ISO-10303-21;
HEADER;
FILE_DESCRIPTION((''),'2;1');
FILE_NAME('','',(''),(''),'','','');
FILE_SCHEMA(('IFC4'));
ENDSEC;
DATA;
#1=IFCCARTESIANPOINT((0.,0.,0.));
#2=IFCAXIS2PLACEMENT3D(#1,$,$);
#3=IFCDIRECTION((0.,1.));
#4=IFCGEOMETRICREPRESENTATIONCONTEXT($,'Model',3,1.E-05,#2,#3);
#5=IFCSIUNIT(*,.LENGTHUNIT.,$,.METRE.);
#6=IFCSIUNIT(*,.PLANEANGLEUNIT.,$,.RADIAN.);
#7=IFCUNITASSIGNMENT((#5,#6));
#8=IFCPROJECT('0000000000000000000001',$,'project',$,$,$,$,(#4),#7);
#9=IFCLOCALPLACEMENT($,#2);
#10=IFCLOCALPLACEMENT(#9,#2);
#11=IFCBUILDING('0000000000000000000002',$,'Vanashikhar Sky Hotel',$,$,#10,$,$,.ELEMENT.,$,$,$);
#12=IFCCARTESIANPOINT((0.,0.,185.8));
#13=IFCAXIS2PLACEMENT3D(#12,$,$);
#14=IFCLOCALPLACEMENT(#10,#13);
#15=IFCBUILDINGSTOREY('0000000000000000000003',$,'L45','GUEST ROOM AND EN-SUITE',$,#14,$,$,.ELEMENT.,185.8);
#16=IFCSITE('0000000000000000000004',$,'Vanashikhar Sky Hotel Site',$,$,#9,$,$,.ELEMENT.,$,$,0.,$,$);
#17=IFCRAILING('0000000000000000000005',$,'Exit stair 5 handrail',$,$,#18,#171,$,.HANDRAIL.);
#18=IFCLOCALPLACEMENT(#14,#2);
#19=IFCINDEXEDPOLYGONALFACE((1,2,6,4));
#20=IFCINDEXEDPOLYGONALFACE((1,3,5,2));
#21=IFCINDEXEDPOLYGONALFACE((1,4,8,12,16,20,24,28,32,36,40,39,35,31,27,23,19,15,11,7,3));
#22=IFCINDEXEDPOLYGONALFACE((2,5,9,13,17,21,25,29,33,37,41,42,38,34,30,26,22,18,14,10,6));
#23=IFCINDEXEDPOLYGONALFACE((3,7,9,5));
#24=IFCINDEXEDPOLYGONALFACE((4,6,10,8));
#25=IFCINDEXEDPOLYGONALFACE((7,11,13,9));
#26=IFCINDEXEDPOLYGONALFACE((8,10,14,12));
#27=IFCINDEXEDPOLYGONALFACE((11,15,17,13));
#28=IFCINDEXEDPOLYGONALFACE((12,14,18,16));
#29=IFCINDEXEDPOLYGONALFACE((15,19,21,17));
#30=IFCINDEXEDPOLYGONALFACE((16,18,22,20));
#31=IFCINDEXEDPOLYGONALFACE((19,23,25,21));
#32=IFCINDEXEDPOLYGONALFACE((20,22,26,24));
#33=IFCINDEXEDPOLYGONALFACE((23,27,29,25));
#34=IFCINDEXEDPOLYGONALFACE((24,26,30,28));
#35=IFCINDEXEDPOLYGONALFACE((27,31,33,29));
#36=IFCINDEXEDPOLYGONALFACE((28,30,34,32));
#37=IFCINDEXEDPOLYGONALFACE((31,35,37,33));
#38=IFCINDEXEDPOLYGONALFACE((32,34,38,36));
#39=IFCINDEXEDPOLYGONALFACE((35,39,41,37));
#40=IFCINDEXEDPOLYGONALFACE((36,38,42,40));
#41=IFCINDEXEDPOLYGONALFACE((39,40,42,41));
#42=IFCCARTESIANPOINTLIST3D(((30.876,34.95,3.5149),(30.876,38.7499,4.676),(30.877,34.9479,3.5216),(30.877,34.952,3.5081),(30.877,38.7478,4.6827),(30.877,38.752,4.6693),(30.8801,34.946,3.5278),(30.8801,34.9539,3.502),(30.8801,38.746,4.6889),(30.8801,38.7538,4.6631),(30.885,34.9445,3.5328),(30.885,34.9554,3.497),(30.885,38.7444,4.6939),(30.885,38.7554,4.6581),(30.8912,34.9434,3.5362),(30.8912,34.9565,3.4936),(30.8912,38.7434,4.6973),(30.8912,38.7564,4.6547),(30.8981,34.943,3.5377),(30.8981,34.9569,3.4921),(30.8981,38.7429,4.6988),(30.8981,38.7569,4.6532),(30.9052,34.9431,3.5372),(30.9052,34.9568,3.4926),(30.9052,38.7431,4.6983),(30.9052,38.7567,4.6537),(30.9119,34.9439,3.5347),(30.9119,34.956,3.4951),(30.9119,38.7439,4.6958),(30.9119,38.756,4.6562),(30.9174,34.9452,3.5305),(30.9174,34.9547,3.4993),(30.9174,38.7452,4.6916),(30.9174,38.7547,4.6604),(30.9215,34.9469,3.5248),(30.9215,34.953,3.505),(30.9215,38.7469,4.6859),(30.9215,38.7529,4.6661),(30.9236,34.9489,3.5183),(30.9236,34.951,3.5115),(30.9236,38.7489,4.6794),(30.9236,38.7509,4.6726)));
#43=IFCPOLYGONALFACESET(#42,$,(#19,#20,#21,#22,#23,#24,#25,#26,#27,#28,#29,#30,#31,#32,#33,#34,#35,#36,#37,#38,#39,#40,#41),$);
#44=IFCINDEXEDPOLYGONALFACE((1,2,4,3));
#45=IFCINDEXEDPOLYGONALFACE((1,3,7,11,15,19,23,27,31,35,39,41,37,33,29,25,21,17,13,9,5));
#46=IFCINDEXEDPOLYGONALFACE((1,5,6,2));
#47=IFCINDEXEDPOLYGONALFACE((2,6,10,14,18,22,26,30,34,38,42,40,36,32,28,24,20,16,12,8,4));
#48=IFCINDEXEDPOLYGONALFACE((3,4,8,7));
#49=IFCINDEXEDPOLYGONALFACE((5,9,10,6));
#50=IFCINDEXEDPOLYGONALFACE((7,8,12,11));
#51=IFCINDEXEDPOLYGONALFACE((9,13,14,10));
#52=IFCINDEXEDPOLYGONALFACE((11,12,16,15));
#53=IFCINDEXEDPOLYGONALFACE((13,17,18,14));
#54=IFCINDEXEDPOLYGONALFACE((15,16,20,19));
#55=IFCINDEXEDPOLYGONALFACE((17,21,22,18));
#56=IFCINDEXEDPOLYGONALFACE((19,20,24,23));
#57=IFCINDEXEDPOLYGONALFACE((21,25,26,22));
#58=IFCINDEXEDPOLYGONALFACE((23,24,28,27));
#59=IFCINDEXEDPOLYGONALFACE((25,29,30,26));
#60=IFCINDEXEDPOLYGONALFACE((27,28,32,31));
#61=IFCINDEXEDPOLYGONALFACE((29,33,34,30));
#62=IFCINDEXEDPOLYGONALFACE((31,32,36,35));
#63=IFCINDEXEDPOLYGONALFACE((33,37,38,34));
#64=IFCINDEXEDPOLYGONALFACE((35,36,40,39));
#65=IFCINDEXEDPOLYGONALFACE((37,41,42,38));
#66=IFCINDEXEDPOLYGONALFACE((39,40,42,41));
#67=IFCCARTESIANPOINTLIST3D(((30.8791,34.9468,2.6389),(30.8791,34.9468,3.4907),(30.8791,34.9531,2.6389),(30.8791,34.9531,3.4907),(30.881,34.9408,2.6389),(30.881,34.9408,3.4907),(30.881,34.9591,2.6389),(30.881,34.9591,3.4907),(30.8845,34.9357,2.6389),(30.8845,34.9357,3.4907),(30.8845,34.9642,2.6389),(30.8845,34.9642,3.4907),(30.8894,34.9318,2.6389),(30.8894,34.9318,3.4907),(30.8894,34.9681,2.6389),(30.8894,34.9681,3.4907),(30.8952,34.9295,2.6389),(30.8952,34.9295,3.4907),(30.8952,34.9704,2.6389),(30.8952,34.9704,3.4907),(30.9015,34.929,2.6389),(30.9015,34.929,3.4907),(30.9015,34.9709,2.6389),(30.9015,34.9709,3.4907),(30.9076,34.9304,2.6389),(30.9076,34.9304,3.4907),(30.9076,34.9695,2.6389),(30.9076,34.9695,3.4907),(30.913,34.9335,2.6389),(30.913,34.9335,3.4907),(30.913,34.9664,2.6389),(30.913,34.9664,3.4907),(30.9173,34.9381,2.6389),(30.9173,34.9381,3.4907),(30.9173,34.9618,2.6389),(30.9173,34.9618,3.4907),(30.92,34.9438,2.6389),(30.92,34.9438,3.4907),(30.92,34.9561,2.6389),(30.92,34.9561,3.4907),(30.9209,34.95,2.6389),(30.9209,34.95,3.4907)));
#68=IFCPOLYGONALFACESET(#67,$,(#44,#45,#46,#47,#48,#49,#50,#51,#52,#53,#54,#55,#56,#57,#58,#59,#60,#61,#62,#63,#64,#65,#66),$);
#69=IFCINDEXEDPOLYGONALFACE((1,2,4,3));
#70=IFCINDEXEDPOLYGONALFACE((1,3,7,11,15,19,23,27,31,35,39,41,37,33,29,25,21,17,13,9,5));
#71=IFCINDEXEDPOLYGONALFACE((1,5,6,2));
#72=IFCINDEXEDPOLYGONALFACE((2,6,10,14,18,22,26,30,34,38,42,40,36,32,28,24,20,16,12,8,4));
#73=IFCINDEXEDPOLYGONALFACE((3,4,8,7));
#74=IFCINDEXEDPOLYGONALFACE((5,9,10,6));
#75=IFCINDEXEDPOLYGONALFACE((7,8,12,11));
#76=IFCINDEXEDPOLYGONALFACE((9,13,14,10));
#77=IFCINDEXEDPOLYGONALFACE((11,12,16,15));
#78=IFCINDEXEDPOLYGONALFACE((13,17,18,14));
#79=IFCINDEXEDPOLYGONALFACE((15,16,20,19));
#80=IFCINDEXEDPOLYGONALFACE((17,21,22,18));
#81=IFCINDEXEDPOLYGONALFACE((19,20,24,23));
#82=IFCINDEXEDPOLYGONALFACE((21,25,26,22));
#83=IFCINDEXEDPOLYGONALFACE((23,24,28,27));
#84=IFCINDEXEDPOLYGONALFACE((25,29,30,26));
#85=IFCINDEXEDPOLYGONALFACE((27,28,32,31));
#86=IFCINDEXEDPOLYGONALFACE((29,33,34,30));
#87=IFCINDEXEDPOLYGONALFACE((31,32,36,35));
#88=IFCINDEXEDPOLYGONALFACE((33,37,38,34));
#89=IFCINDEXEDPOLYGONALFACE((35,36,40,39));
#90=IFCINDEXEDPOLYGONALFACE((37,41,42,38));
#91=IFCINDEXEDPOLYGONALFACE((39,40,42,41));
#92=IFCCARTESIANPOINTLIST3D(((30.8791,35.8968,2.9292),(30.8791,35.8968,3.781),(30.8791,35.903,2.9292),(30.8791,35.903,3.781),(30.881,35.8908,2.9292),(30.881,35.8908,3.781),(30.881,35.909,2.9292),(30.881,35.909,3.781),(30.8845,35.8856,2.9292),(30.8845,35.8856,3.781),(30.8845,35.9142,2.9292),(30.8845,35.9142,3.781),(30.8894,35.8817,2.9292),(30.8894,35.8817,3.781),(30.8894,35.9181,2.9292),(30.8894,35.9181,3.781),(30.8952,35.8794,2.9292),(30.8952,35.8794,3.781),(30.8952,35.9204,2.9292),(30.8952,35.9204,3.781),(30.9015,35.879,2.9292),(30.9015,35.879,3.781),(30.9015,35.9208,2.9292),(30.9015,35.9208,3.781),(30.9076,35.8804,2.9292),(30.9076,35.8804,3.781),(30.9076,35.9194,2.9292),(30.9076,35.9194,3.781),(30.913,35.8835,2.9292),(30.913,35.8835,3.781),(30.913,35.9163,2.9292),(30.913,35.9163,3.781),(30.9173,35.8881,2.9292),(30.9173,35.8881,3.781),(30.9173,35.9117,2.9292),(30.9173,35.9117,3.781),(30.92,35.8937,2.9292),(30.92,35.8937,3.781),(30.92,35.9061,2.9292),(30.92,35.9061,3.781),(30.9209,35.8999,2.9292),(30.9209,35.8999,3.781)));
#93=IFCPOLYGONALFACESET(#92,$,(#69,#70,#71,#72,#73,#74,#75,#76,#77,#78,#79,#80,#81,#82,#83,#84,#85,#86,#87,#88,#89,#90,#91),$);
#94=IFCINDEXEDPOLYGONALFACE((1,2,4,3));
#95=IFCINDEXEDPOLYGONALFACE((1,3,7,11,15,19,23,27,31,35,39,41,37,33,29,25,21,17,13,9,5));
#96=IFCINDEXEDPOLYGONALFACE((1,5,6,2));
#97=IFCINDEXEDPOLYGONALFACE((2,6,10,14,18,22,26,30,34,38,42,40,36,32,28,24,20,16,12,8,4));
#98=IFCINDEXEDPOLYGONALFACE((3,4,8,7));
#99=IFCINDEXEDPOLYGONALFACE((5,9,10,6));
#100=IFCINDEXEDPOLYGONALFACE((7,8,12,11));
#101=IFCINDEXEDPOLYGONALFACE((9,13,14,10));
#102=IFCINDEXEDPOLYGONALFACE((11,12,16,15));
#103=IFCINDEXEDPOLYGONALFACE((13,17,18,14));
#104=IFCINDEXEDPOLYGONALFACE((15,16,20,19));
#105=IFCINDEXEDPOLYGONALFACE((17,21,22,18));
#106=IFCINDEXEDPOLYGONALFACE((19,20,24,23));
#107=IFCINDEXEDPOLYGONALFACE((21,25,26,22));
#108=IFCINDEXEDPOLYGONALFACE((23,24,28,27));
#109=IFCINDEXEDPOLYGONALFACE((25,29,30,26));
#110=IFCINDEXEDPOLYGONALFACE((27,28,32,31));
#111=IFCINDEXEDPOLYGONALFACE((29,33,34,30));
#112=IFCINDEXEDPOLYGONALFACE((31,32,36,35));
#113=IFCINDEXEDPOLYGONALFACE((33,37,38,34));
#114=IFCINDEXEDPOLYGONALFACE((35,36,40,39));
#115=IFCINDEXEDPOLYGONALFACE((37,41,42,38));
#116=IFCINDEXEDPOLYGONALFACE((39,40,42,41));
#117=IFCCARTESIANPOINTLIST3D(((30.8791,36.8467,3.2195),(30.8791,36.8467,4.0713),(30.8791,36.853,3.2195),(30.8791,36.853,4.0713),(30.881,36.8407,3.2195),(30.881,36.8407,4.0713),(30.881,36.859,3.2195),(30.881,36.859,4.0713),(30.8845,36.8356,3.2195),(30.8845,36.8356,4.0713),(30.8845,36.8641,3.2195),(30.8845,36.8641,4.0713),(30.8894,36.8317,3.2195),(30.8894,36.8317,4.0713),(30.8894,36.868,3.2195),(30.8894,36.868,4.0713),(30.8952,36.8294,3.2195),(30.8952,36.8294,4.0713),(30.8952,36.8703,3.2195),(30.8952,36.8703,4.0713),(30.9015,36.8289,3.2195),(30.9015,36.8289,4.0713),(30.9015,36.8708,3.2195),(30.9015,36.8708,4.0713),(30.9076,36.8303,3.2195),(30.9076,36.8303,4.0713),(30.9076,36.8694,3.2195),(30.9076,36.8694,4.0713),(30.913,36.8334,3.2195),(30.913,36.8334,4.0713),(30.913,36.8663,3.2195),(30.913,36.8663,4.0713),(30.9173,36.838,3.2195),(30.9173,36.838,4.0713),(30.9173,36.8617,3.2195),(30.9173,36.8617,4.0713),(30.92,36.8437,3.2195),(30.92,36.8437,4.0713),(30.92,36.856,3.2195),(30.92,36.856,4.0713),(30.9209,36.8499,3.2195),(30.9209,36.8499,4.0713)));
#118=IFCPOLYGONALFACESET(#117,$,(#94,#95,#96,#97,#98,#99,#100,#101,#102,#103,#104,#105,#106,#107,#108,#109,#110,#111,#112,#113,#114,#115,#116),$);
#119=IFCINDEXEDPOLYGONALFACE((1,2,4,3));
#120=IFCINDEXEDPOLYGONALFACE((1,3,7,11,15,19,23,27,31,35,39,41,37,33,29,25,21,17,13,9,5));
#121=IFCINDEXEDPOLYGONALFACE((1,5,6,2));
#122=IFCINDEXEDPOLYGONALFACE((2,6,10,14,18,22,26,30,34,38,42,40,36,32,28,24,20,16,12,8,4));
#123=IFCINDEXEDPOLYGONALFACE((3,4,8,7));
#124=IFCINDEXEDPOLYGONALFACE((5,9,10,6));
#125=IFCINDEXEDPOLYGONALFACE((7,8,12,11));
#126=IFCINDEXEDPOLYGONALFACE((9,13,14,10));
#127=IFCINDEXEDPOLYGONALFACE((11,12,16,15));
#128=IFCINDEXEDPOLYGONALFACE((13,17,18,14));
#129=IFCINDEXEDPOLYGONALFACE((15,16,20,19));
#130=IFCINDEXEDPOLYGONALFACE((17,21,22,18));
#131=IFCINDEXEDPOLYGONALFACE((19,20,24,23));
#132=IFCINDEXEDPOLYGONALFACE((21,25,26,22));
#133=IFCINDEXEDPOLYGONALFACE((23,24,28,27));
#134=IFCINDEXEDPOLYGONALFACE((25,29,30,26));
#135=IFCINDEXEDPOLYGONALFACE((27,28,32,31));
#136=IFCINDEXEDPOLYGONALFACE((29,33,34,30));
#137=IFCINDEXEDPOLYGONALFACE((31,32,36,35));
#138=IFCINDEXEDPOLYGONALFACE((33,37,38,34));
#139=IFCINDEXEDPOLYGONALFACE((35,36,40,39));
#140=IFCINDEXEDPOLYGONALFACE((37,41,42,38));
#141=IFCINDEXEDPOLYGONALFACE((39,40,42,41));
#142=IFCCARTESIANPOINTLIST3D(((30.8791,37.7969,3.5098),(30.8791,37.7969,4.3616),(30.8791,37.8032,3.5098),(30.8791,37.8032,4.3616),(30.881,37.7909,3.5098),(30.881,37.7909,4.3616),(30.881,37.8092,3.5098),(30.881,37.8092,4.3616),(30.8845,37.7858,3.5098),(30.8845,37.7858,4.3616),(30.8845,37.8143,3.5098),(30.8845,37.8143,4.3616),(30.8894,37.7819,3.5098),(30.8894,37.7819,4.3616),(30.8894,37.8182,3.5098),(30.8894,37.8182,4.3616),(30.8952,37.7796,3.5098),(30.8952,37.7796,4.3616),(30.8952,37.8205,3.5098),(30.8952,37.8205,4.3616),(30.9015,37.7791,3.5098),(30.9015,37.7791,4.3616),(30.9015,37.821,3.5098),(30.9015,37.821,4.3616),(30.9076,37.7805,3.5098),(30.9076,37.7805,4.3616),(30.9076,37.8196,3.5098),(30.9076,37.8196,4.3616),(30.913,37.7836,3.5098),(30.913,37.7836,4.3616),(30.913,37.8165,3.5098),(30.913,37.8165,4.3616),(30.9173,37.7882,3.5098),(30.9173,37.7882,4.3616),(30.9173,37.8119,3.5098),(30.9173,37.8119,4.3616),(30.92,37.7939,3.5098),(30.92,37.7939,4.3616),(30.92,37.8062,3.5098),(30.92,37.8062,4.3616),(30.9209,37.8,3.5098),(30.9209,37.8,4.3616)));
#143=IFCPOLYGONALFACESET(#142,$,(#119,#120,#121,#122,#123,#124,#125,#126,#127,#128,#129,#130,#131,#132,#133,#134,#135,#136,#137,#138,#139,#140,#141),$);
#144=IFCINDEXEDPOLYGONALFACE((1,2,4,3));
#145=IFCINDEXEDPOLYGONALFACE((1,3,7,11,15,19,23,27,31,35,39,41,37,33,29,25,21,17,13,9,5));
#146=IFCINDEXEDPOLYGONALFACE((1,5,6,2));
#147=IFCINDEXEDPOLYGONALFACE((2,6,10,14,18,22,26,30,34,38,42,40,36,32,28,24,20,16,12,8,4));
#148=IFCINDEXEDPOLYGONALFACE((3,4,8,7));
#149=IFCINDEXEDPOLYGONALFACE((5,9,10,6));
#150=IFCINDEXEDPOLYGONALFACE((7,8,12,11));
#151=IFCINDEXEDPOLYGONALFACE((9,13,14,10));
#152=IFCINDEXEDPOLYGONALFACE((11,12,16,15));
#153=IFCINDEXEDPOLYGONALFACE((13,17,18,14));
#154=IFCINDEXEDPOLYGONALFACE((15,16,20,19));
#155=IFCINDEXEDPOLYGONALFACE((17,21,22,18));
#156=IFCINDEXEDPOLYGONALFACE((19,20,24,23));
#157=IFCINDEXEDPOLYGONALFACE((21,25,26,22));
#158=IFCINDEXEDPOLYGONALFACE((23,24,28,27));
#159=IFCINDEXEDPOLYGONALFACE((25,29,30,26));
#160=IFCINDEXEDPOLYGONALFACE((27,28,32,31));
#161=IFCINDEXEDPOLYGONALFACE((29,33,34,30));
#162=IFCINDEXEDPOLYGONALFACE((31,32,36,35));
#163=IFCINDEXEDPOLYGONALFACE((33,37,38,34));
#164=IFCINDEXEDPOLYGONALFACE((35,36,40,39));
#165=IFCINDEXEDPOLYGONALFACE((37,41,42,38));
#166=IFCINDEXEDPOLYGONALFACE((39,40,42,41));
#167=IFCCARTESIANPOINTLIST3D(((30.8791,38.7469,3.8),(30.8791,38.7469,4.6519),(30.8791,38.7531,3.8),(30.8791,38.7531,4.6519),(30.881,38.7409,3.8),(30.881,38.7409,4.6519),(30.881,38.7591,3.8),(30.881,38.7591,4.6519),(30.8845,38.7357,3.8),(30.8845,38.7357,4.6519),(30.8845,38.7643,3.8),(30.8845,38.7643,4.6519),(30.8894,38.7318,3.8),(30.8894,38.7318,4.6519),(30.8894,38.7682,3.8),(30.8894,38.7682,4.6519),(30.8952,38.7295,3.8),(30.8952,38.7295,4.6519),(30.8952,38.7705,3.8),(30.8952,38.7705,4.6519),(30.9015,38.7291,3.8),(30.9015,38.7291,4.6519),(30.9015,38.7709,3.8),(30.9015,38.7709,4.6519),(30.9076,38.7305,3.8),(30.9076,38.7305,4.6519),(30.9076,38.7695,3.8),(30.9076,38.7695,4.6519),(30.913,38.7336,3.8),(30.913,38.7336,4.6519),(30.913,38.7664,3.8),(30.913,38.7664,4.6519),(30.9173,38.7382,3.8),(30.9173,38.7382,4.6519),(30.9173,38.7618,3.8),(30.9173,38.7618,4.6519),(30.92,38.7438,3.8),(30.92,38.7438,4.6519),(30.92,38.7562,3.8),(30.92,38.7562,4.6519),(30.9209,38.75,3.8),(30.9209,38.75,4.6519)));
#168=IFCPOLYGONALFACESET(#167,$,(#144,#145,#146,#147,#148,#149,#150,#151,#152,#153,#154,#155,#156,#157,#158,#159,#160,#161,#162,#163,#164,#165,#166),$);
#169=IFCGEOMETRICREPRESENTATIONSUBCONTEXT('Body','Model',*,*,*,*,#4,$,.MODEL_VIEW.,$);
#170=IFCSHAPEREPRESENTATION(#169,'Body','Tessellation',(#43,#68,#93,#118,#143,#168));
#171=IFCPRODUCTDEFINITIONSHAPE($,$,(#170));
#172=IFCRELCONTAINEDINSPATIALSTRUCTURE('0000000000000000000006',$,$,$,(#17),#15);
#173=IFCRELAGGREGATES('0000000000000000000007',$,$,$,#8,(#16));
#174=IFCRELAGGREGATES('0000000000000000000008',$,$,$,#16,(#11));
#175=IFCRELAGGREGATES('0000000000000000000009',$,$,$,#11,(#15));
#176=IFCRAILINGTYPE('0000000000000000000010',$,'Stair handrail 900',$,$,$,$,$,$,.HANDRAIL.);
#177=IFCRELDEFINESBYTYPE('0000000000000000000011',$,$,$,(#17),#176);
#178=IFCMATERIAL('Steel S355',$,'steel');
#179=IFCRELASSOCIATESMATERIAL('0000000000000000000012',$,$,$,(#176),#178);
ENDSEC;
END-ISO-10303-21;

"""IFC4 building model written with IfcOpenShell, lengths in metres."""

from ifc_helpers import new_model, si_unit, direction, frame, origin, origin_2d, place, context, subcontext, project, spatial, circle, extrude, source, transform, mapped, material, type_object, element, save


model = new_model("IFC4")

# Units and contexts
model_context = context("Model", 3, precision=1e-05, world=origin(), true_north=direction((0.0, 1.0)))
body_context = subcontext(model_context, "Body", "Model", "MODEL_VIEW")
ifc_project = project(units=[si_unit("LENGTHUNIT", "METRE"), si_unit("PLANEANGLEUNIT", "RADIAN")], contexts=[model_context])

# Site, building, storey
site_placement = place(None, origin())
site = spatial("IfcSite", under=ifc_project, at=site_placement, Name="Vanashikhar Sky Hotel Site", CompositionType="ELEMENT", RefElevation=0.0)
building_placement = place(site_placement, origin())
building = spatial("IfcBuilding", under=site, at=building_placement, Name="Vanashikhar Sky Hotel", CompositionType="ELEMENT")
storey_placement = place(building_placement, frame((0.0, 0.0, 185.8)))
storey = spatial("IfcBuildingStorey", under=building, at=storey_placement, Name="L45", Description="GUEST ROOM AND EN-SUITE", CompositionType="ELEMENT", Elevation=185.8)

# Railing
ifc_material_1 = material(Name="Steel S355", Category="steel")
railing_type_1 = type_object("IfcRailingType", Name="Stair handrail 900", PredefinedType="HANDRAIL", material=ifc_material_1)
shared_shape_1 = source(origin(), body_context, "Body", "SweptSolid", [
    extrude(circle(Radius=0.0239, at=origin_2d()), frame((0.0, 0.0, 0.876), z_axis=(0.0, 0.956351, 0.29222), x_axis=(-1.0, 0.0, 0.0)), (0.0, 0.0, 1.0), 3.9734),
    extrude(circle(Radius=0.021, at=origin_2d()), origin(), (0.0, 0.0, 1.0), 0.8518),
    extrude(circle(Radius=0.021, at=origin_2d()), frame((0.0, 0.95, 0.2903)), (0.0, 0.0, 1.0), 0.8518),
    extrude(circle(Radius=0.021, at=origin_2d()), frame((0.0, 1.8999, 0.5806)), (0.0, 0.0, 1.0), 0.8518),
    extrude(circle(Radius=0.021, at=origin_2d()), frame((0.0, 2.8501, 0.8708)), (0.0, 0.0, 1.0), 0.8518),
    extrude(circle(Radius=0.021, at=origin_2d()), frame((0.0, 3.8, 1.1611)), (0.0, 0.0, 1.0), 0.8518),
])
for number, where, name in (
    (1, (30.8999, 34.95, 2.6389), "Exit stair 5 handrail"),
):
    element("IfcRailing", number, at=place(storey_placement, frame(where)), inside=storey, type_object=railing_type_1, Name=name, PredefinedType="HANDRAIL", context=body_context, shape_type="MappedRepresentation", body=[
        mapped(shared_shape_1, transform((0.0, 0.0, 0.0), scale=1.0)),
    ])

save(model, "model.ifc")
